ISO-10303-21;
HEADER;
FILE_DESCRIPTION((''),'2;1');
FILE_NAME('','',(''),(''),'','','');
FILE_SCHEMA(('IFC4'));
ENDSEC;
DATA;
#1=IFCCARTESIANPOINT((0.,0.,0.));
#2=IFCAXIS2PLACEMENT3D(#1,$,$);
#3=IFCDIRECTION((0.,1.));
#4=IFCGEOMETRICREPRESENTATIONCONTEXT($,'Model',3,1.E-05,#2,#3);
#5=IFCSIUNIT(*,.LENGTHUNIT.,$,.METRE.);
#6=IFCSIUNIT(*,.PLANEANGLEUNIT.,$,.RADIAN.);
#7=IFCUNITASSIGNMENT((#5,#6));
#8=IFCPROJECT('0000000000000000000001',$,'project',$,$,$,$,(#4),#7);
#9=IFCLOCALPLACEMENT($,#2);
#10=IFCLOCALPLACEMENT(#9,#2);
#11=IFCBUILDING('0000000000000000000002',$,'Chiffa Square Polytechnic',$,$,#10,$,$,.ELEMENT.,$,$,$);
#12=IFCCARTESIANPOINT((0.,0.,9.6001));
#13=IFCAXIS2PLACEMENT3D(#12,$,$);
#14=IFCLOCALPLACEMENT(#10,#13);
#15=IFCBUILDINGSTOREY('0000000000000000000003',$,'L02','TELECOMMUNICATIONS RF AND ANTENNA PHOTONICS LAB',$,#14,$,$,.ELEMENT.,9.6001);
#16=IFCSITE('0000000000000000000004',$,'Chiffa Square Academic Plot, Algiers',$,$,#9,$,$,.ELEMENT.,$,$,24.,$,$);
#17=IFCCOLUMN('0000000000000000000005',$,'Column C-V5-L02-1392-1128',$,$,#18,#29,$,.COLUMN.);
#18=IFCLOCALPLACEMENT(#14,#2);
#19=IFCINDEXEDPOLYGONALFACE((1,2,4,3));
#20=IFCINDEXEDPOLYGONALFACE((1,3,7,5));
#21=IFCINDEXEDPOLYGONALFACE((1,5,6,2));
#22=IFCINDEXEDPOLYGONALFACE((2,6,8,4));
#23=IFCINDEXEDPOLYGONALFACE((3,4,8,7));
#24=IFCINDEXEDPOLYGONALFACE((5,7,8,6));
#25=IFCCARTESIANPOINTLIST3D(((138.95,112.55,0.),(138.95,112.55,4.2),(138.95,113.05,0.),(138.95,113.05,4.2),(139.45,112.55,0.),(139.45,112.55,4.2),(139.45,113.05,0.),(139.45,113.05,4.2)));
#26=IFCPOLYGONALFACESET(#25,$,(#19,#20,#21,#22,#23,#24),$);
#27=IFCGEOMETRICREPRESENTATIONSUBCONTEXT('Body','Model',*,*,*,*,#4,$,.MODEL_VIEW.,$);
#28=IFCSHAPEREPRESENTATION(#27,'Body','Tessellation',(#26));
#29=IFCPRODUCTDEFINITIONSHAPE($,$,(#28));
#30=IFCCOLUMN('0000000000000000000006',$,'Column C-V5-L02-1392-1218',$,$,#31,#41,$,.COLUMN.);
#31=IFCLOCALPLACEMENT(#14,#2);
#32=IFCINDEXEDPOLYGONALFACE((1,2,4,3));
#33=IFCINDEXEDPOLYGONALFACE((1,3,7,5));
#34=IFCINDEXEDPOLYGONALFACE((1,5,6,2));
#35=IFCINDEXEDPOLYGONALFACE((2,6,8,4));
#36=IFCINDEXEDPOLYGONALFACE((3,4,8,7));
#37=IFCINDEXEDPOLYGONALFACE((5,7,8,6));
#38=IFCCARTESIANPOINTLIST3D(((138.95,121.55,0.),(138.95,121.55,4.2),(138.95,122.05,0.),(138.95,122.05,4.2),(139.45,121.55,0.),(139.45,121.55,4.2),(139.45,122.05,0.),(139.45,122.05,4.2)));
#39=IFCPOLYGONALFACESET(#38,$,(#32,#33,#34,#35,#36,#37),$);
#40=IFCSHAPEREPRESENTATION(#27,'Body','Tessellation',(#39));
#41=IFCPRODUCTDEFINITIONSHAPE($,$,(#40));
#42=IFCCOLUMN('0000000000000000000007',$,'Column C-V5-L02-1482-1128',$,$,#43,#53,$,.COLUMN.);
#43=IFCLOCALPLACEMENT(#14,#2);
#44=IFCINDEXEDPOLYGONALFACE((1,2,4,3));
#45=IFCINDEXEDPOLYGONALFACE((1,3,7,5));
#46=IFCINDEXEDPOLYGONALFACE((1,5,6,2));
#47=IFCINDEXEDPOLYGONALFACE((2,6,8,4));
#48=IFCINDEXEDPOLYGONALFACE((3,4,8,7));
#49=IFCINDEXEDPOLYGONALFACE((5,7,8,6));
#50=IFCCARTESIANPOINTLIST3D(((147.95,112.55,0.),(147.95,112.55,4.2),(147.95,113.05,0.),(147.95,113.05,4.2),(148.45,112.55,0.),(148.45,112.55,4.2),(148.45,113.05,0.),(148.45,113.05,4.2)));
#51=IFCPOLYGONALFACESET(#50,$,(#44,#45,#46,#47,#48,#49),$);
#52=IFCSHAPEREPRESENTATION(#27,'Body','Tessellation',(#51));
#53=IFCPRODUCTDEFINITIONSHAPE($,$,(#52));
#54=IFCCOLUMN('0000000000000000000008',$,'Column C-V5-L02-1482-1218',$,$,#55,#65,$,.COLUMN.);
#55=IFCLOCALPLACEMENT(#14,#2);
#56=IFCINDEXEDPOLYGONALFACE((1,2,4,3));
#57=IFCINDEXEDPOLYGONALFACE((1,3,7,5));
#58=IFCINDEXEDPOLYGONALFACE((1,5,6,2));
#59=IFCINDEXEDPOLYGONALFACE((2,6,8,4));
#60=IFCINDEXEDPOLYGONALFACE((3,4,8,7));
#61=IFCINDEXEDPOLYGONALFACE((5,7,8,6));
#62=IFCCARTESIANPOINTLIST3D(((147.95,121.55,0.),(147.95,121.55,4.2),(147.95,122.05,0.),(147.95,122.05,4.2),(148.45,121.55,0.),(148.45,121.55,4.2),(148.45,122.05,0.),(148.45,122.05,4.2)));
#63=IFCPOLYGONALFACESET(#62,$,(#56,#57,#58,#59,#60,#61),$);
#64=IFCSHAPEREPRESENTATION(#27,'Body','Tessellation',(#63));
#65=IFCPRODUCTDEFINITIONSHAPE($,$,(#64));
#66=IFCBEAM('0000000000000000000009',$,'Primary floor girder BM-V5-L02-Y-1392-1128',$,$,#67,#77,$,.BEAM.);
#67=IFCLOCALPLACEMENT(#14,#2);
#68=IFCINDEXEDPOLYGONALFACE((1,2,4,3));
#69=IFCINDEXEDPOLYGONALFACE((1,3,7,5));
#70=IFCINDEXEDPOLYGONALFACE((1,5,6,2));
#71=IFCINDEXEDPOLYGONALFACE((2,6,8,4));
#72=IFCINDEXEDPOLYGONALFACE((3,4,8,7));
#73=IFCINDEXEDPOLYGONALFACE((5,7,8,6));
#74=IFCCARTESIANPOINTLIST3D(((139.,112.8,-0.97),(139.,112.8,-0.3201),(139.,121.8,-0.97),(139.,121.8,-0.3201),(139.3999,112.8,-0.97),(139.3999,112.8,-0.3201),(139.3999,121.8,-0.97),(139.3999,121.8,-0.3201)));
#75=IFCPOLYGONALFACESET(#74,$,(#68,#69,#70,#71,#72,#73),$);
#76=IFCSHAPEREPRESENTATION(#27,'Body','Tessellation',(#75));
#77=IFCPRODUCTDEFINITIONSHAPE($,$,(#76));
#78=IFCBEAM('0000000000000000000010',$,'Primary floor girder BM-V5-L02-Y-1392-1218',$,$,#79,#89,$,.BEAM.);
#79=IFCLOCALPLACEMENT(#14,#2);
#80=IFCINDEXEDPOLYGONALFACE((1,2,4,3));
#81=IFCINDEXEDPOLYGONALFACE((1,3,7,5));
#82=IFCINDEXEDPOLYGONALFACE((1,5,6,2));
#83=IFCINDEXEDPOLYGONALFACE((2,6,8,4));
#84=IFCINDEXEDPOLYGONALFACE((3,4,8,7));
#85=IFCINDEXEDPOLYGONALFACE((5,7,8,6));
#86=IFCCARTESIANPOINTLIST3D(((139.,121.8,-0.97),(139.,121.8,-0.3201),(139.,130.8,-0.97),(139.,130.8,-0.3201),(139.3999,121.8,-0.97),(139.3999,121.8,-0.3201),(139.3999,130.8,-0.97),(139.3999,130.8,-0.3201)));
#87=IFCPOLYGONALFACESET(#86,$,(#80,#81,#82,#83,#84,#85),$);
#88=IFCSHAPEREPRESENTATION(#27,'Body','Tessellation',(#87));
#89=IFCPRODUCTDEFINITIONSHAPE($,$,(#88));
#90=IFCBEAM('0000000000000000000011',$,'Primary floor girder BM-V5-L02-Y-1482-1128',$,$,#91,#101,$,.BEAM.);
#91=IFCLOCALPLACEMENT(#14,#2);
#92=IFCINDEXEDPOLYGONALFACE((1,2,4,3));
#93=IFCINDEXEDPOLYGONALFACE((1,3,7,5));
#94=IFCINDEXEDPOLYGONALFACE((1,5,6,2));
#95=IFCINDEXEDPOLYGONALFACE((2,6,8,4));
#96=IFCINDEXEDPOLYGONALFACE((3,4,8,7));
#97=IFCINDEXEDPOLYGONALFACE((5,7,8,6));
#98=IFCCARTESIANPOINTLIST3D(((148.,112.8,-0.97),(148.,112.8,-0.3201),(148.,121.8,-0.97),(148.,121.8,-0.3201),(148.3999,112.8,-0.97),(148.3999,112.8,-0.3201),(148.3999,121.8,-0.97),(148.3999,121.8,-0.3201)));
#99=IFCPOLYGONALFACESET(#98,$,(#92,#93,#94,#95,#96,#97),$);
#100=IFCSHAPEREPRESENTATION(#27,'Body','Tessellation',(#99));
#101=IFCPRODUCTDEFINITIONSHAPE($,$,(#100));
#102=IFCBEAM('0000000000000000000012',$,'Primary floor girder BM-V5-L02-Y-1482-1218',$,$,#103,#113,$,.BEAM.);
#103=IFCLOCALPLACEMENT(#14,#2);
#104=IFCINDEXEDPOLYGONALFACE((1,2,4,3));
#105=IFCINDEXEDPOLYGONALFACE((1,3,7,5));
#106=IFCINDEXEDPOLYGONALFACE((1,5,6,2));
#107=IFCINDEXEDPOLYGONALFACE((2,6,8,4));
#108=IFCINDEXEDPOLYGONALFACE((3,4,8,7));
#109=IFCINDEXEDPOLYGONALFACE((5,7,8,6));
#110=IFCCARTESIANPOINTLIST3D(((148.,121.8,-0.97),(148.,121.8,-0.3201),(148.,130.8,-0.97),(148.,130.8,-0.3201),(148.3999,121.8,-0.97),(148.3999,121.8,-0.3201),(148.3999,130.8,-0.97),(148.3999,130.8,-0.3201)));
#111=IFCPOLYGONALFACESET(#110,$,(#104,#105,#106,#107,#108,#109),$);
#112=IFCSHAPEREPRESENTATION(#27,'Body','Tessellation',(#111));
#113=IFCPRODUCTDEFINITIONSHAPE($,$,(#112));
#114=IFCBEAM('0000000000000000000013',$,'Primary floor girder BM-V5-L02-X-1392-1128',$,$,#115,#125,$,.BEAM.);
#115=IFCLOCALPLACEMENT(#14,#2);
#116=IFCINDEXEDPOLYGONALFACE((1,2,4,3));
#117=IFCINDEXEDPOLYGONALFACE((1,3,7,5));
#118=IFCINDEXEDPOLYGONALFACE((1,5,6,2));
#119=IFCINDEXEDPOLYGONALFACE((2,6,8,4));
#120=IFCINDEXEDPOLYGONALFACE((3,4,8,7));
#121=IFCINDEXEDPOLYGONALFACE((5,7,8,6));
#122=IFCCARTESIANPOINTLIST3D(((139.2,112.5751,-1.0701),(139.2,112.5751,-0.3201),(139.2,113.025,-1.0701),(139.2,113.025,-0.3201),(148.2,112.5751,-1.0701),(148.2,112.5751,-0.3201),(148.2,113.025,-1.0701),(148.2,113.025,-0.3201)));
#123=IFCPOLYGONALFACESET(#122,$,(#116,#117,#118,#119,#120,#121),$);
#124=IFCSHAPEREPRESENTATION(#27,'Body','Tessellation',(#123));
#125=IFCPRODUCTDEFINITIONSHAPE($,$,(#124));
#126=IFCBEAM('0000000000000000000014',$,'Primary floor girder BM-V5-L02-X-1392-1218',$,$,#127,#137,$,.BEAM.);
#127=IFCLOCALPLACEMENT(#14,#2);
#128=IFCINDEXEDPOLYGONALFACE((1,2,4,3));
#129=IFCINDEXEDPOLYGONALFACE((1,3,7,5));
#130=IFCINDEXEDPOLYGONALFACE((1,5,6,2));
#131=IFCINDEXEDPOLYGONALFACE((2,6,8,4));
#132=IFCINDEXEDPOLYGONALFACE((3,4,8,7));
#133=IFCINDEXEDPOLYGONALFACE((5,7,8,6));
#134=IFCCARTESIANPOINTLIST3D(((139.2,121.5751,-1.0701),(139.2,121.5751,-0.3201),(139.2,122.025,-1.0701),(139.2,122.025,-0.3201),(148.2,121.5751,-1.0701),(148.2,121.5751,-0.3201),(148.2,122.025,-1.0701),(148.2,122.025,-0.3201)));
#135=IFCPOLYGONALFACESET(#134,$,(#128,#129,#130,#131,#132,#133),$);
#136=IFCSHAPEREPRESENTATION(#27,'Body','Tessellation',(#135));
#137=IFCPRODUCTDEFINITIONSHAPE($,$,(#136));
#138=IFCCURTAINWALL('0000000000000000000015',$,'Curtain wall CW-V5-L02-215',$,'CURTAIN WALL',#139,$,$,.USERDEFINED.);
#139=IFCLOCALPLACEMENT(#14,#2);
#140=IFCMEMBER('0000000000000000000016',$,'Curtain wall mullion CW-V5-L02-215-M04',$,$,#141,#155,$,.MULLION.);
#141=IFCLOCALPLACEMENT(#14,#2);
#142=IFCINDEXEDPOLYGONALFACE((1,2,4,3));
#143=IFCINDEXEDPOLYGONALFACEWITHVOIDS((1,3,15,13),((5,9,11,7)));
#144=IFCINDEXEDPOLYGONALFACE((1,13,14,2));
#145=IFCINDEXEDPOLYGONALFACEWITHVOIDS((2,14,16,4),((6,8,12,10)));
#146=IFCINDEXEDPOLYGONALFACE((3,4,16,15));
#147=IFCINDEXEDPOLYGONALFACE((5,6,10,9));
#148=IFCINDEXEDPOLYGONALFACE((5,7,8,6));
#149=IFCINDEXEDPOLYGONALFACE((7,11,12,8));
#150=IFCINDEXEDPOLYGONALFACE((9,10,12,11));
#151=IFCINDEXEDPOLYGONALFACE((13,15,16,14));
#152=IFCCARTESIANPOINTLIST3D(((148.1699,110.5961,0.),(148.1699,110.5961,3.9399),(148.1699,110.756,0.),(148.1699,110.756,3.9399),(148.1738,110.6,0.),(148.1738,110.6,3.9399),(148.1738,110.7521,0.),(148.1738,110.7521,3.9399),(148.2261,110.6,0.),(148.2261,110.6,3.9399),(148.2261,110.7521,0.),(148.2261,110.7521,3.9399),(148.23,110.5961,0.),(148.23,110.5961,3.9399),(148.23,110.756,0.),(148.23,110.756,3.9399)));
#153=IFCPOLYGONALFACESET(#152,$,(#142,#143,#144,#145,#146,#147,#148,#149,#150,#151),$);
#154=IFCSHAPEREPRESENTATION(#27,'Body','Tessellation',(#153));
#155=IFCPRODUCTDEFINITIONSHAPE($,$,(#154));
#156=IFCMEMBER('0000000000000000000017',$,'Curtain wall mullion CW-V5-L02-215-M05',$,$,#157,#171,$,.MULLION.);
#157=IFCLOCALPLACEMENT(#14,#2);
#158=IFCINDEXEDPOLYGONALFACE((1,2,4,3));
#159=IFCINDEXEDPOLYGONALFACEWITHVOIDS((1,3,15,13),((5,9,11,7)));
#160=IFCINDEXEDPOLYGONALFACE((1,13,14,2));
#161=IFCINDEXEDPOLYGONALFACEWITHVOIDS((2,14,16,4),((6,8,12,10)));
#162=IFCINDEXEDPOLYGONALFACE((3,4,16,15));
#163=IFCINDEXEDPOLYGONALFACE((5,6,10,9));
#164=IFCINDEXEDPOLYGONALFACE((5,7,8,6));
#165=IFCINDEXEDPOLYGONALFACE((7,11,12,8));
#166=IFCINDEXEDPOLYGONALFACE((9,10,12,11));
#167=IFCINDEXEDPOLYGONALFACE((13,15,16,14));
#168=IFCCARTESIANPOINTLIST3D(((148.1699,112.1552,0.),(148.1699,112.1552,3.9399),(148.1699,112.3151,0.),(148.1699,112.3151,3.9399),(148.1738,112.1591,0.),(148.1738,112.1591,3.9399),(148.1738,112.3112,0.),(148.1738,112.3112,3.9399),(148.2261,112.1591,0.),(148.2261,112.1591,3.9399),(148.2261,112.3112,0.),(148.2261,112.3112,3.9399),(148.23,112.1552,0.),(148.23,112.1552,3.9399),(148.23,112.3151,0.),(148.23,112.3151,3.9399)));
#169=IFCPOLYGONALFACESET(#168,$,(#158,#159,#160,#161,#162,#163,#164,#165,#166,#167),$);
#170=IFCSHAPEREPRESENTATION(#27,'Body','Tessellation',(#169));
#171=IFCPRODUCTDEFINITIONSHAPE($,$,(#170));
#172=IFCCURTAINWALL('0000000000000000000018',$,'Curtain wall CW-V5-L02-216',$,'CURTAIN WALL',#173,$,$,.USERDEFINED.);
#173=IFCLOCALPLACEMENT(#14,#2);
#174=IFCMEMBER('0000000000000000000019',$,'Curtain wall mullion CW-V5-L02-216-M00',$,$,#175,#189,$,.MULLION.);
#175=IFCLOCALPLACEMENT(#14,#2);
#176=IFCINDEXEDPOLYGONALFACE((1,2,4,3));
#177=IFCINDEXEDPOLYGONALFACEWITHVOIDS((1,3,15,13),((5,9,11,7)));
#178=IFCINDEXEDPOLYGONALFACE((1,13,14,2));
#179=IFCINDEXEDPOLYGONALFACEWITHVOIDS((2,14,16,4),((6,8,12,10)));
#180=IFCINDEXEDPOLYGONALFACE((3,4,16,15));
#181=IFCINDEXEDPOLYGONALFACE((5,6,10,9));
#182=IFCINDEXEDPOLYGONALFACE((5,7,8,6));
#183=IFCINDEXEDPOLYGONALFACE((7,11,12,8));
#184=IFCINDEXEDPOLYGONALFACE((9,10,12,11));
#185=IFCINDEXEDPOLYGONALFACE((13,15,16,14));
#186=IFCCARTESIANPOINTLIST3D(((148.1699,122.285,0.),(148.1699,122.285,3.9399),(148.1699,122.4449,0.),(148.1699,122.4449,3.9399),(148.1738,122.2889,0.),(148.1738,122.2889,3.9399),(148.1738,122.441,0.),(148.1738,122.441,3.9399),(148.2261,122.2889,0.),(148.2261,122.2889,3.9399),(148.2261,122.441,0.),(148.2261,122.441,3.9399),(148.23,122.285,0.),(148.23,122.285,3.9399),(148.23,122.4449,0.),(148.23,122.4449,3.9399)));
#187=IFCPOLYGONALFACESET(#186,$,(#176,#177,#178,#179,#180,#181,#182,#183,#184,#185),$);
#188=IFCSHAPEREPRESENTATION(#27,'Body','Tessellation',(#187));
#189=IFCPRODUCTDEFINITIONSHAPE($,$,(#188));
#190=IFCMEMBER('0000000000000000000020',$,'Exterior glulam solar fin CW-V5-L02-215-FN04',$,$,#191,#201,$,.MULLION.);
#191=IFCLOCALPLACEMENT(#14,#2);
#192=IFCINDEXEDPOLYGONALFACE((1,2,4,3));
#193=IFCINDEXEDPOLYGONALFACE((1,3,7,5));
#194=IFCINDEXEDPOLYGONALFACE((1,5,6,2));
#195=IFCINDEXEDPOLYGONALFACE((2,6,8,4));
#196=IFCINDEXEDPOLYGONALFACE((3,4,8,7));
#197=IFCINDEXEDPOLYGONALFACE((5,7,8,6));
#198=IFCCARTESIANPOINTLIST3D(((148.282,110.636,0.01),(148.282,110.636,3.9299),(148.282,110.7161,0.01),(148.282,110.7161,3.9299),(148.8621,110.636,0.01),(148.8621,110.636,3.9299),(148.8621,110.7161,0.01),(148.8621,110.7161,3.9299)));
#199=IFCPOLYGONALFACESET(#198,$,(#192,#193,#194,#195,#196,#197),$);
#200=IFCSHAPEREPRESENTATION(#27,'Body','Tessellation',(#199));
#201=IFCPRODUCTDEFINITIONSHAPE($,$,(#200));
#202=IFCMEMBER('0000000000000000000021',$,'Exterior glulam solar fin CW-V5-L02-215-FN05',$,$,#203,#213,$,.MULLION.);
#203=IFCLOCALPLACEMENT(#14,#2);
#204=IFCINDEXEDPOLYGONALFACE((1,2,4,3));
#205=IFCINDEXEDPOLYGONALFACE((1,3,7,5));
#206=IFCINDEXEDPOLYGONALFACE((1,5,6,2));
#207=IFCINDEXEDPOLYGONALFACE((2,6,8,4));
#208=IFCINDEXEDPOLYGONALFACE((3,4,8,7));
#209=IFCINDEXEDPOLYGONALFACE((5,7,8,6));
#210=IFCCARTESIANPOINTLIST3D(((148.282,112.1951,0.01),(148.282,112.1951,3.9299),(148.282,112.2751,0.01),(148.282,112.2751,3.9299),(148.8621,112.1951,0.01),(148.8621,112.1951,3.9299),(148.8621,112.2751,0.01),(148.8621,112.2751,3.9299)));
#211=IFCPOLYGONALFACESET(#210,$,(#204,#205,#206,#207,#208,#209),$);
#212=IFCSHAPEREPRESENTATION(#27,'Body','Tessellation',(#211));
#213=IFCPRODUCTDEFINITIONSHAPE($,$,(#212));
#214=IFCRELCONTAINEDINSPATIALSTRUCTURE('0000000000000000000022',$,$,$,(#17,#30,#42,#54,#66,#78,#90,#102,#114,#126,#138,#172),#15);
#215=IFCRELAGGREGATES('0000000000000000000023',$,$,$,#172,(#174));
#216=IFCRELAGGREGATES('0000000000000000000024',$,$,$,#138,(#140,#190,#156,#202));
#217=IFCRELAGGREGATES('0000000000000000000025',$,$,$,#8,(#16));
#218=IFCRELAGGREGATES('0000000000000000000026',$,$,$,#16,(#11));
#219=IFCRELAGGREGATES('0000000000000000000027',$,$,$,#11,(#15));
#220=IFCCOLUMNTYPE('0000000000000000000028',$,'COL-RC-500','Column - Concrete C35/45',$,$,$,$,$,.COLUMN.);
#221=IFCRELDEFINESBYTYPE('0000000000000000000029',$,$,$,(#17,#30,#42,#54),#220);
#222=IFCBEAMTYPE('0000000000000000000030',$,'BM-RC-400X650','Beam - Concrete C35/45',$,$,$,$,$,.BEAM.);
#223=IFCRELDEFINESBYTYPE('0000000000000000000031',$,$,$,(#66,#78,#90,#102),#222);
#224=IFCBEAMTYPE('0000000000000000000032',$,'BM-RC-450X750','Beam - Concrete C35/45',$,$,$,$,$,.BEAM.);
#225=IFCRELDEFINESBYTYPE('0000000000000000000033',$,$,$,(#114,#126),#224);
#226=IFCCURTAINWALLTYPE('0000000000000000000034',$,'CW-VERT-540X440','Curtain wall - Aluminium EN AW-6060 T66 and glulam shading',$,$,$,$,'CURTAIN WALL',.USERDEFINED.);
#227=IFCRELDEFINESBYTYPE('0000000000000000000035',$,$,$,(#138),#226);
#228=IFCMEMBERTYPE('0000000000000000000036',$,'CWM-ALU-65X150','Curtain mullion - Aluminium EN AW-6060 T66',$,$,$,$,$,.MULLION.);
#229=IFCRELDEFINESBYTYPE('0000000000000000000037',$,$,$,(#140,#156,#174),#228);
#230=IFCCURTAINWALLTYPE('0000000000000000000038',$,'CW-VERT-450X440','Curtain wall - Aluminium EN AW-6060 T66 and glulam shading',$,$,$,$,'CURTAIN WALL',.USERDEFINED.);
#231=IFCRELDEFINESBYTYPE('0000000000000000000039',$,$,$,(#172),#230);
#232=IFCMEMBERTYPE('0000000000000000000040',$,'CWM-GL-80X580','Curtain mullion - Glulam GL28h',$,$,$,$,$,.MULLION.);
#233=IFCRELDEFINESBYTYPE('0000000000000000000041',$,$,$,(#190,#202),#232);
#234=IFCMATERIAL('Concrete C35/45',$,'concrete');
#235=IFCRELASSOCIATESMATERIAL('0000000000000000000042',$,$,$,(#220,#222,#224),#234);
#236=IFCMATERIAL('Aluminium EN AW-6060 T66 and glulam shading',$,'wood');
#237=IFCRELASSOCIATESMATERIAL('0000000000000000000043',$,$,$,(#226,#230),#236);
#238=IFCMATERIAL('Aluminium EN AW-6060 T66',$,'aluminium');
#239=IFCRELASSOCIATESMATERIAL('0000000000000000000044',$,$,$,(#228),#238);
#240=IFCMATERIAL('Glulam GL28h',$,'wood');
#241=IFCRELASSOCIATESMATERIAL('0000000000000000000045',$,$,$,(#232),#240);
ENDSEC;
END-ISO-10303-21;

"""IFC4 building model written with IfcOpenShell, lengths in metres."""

from ifc_helpers import new_model, si_unit, direction, frame, origin, origin_2d, place, context, subcontext, project, spatial, rectangle, hollow_rectangle, extrude, material, material_profile, profile_set, type_object, element, aggregate, save


model = new_model("IFC4")

# Units and contexts
model_context = context("Model", 3, precision=1e-05, world=origin(), true_north=direction((0.0, 1.0)))
body_context = subcontext(model_context, "Body", "Model", "MODEL_VIEW")
ifc_project = project(units=[si_unit("LENGTHUNIT", "METRE"), si_unit("PLANEANGLEUNIT", "RADIAN")], contexts=[model_context])

# Site, building, storey
site_placement = place(None, origin())
site = spatial("IfcSite", under=ifc_project, at=site_placement, Name="Chiffa Square Academic Plot, Algiers", CompositionType="ELEMENT", RefElevation=24.0)
building_placement = place(site_placement, origin())
building = spatial("IfcBuilding", under=site, at=building_placement, Name="Chiffa Square Polytechnic", CompositionType="ELEMENT")
storey_placement = place(building_placement, frame((0.0, 0.0, 9.6001)))
storey = spatial("IfcBuildingStorey", under=building, at=storey_placement, Name="L02", Description="TELECOMMUNICATIONS RF AND ANTENNA PHOTONICS LAB", CompositionType="ELEMENT", Elevation=9.6001)

# Columns
ifc_material_1 = material(Name="Concrete C35/45", Category="concrete")
ifc_material_profile_1 = material_profile(ifc_material_1, rectangle(XDim=0.5, YDim=0.5, at=origin_2d()), Name="RC 500x500")
ifc_profile_set_1 = profile_set([ifc_material_profile_1], Name="Concrete C35/45")
column_type = type_object("IfcColumnType", Name="COL-RC-500", Description="Column - Concrete C35/45", PredefinedType="COLUMN", material=ifc_profile_set_1)
for number, where, z_axis, x_axis, name in (
    (1, (139.2, 112.8, 0.0), (0.0, 0.0, 1.0), (1.0, 0.0, 0.0), "Column C-V5-L02-1392-1128"),
    (2, (139.2, 121.8, 0.0), (0.0, 0.0, 1.0), (1.0, 0.0, 0.0), "Column C-V5-L02-1392-1218"),
    (3, (148.2, 112.8, 0.0), (0.0, 0.0, 1.0), (1.0, 0.0, 0.0), "Column C-V5-L02-1482-1128"),
    (4, (148.2, 121.8, 0.0), (0.0, 0.0, 1.0), (1.0, 0.0, 0.0), "Column C-V5-L02-1482-1218"),
):
    element("IfcColumn", number, at=place(storey_placement, frame(where, z_axis=z_axis, x_axis=x_axis)), inside=storey, type_object=column_type, Name=name, PredefinedType="COLUMN", context=body_context, shape_type="SweptSolid", body=[
        extrude(rectangle(XDim=0.5, YDim=0.5, at=origin_2d()), origin(), (0.0, 0.0, 1.0), 4.2),
    ])

# Beams
ifc_material_profile_2 = material_profile(ifc_material_1, rectangle(XDim=0.3999, YDim=0.6499, at=origin_2d()), Name="RC 400x650")
ifc_profile_set_2 = profile_set([ifc_material_profile_2], Name="Concrete C35/45")
beam_type_1 = type_object("IfcBeamType", Name="BM-RC-400X650", Description="Beam - Concrete C35/45", PredefinedType="BEAM", material=ifc_profile_set_2)
for number, where, z_axis, x_axis, name in (
    (5, (139.2, 112.8, -0.645), (0.0, 1.0, 0.0), (-1.0, 0.0, 0.0), "Primary floor girder BM-V5-L02-Y-1392-1128"),
    (6, (139.2, 121.8, -0.645), (0.0, 1.0, 0.0), (-1.0, 0.0, 0.0), "Primary floor girder BM-V5-L02-Y-1392-1218"),
    (7, (148.2, 112.8, -0.645), (0.0, 1.0, 0.0), (-1.0, 0.0, 0.0), "Primary floor girder BM-V5-L02-Y-1482-1128"),
    (8, (148.2, 121.8, -0.645), (0.0, 1.0, 0.0), (-1.0, 0.0, 0.0), "Primary floor girder BM-V5-L02-Y-1482-1218"),
):
    element("IfcBeam", number, at=place(storey_placement, frame(where, z_axis=z_axis, x_axis=x_axis)), inside=storey, type_object=beam_type_1, Name=name, PredefinedType="BEAM", context=body_context, shape_type="SweptSolid", body=[
        extrude(rectangle(XDim=0.3999, YDim=0.6499, at=origin_2d()), origin(), (0.0, 0.0, 1.0), 9.0),
    ])
ifc_material_profile_3 = material_profile(ifc_material_1, rectangle(XDim=0.45, YDim=0.75, at=origin_2d()), Name="RC 450x750")
ifc_profile_set_3 = profile_set([ifc_material_profile_3], Name="Concrete C35/45")
beam_type_2 = type_object("IfcBeamType", Name="BM-RC-450X750", Description="Beam - Concrete C35/45", PredefinedType="BEAM", material=ifc_profile_set_3)
for number, where, z_axis, x_axis, name in (
    (9, (139.2, 112.8, -0.6951), (1.0, 0.0, 0.0), (0.0, 1.0, 0.0), "Primary floor girder BM-V5-L02-X-1392-1128"),
    (10, (139.2, 121.8, -0.6951), (1.0, 0.0, 0.0), (0.0, 1.0, 0.0), "Primary floor girder BM-V5-L02-X-1392-1218"),
):
    element("IfcBeam", number, at=place(storey_placement, frame(where, z_axis=z_axis, x_axis=x_axis)), inside=storey, type_object=beam_type_2, Name=name, PredefinedType="BEAM", context=body_context, shape_type="SweptSolid", body=[
        extrude(rectangle(XDim=0.45, YDim=0.75, at=origin_2d()), origin(), (0.0, 0.0, 1.0), 9.0),
    ])

# Curtain wall, members
ifc_material_2 = material(Name="Aluminium EN AW-6060 T66 and glulam shading", Category="wood")
curtain_wall_type_1 = type_object("IfcCurtainWallType", Name="CW-VERT-540X440", Description="Curtain wall - Aluminium EN AW-6060 T66 and glulam shading", ElementType="CURTAIN WALL", PredefinedType="USERDEFINED", material=ifc_material_2)
curtain_wall_1_placement = place(storey_placement, origin())
curtain_wall_1 = element("IfcCurtainWall", 11, at=curtain_wall_1_placement, inside=storey, type_object=curtain_wall_type_1, Name="Curtain wall CW-V5-L02-215", ObjectType="CURTAIN WALL", PredefinedType="USERDEFINED")
ifc_material_3 = material(Name="Aluminium EN AW-6060 T66", Category="aluminium")
ifc_material_profile_4 = material_profile(ifc_material_3, hollow_rectangle(XDim=0.0601, YDim=0.1599, WallThickness=0.0039, at=origin_2d()), Name="ALU 60x160x4")
ifc_profile_set_4 = profile_set([ifc_material_profile_4], Name="Aluminium EN AW-6060 T66")
member_type_1 = type_object("IfcMemberType", Name="CWM-ALU-65X150", Description="Curtain mullion - Aluminium EN AW-6060 T66", PredefinedType="MULLION", material=ifc_profile_set_4)
member_1_placement = place(storey_placement, frame((148.2, 110.676, 0.0), z_axis=(0.0, 0.0, 1.0), x_axis=(1.0, 0.0, 0.0)))
member_1 = element("IfcMember", 12, at=member_1_placement, type_object=member_type_1, Name="Curtain wall mullion CW-V5-L02-215-M04", PredefinedType="MULLION", context=body_context, shape_type="SweptSolid", body=[
    extrude(hollow_rectangle(XDim=0.0601, YDim=0.1599, WallThickness=0.0039, at=origin_2d()), origin(), (0.0, 0.0, 1.0), 3.9399),
])
member_2_placement = place(storey_placement, frame((148.2, 112.2351, 0.0), z_axis=(0.0, 0.0, 1.0), x_axis=(1.0, 0.0, 0.0)))
member_2 = element("IfcMember", 13, at=member_2_placement, type_object=member_type_1, Name="Curtain wall mullion CW-V5-L02-215-M05", PredefinedType="MULLION", context=body_context, shape_type="SweptSolid", body=[
    extrude(hollow_rectangle(XDim=0.0601, YDim=0.1599, WallThickness=0.0039, at=origin_2d()), origin(), (0.0, 0.0, 1.0), 3.9399),
])

# Curtain wall, member
curtain_wall_type_2 = type_object("IfcCurtainWallType", Name="CW-VERT-450X440", Description="Curtain wall - Aluminium EN AW-6060 T66 and glulam shading", ElementType="CURTAIN WALL", PredefinedType="USERDEFINED", material=ifc_material_2)
curtain_wall_2_placement = place(storey_placement, origin())
curtain_wall_2 = element("IfcCurtainWall", 14, at=curtain_wall_2_placement, inside=storey, type_object=curtain_wall_type_2, Name="Curtain wall CW-V5-L02-216", ObjectType="CURTAIN WALL", PredefinedType="USERDEFINED")
member_3_placement = place(storey_placement, frame((148.2, 122.365, 0.0), z_axis=(0.0, 0.0, 1.0), x_axis=(1.0, 0.0, 0.0)))
member_3 = element("IfcMember", 15, at=member_3_placement, type_object=member_type_1, Name="Curtain wall mullion CW-V5-L02-216-M00", PredefinedType="MULLION", context=body_context, shape_type="SweptSolid", body=[
    extrude(hollow_rectangle(XDim=0.0601, YDim=0.1599, WallThickness=0.0039, at=origin_2d()), origin(), (0.0, 0.0, 1.0), 3.9399),
])

# Members
ifc_material_4 = material(Name="Glulam GL28h", Category="wood")
ifc_material_profile_5 = material_profile(ifc_material_4, rectangle(XDim=0.0801, YDim=0.5801, at=origin_2d()), Name="GL28h 80x580")
ifc_profile_set_5 = profile_set([ifc_material_profile_5], Name="Glulam GL28h")
member_type_2 = type_object("IfcMemberType", Name="CWM-GL-80X580", Description="Curtain mullion - Glulam GL28h", PredefinedType="MULLION", material=ifc_profile_set_5)
member_4_placement = place(storey_placement, frame((148.572, 110.676, 0.01), z_axis=(0.0, 0.0, 1.0), x_axis=(0.0, 1.0, 0.0)))
member_4 = element("IfcMember", 16, at=member_4_placement, type_object=member_type_2, Name="Exterior glulam solar fin CW-V5-L02-215-FN04", PredefinedType="MULLION", context=body_context, shape_type="SweptSolid", body=[
    extrude(rectangle(XDim=0.0801, YDim=0.5801, at=origin_2d()), origin(), (0.0, 0.0, 1.0), 3.9199),
])
member_5_placement = place(storey_placement, frame((148.572, 112.2351, 0.01), z_axis=(0.0, 0.0, 1.0), x_axis=(0.0, 1.0, 0.0)))
member_5 = element("IfcMember", 17, at=member_5_placement, type_object=member_type_2, Name="Exterior glulam solar fin CW-V5-L02-215-FN05", PredefinedType="MULLION", context=body_context, shape_type="SweptSolid", body=[
    extrude(rectangle(XDim=0.0801, YDim=0.5801, at=origin_2d()), origin(), (0.0, 0.0, 1.0), 3.9199),
])
aggregate(curtain_wall_2, [member_3])

aggregate(curtain_wall_1, [member_1, member_4, member_2, member_5])

save(model, "model.ifc")
